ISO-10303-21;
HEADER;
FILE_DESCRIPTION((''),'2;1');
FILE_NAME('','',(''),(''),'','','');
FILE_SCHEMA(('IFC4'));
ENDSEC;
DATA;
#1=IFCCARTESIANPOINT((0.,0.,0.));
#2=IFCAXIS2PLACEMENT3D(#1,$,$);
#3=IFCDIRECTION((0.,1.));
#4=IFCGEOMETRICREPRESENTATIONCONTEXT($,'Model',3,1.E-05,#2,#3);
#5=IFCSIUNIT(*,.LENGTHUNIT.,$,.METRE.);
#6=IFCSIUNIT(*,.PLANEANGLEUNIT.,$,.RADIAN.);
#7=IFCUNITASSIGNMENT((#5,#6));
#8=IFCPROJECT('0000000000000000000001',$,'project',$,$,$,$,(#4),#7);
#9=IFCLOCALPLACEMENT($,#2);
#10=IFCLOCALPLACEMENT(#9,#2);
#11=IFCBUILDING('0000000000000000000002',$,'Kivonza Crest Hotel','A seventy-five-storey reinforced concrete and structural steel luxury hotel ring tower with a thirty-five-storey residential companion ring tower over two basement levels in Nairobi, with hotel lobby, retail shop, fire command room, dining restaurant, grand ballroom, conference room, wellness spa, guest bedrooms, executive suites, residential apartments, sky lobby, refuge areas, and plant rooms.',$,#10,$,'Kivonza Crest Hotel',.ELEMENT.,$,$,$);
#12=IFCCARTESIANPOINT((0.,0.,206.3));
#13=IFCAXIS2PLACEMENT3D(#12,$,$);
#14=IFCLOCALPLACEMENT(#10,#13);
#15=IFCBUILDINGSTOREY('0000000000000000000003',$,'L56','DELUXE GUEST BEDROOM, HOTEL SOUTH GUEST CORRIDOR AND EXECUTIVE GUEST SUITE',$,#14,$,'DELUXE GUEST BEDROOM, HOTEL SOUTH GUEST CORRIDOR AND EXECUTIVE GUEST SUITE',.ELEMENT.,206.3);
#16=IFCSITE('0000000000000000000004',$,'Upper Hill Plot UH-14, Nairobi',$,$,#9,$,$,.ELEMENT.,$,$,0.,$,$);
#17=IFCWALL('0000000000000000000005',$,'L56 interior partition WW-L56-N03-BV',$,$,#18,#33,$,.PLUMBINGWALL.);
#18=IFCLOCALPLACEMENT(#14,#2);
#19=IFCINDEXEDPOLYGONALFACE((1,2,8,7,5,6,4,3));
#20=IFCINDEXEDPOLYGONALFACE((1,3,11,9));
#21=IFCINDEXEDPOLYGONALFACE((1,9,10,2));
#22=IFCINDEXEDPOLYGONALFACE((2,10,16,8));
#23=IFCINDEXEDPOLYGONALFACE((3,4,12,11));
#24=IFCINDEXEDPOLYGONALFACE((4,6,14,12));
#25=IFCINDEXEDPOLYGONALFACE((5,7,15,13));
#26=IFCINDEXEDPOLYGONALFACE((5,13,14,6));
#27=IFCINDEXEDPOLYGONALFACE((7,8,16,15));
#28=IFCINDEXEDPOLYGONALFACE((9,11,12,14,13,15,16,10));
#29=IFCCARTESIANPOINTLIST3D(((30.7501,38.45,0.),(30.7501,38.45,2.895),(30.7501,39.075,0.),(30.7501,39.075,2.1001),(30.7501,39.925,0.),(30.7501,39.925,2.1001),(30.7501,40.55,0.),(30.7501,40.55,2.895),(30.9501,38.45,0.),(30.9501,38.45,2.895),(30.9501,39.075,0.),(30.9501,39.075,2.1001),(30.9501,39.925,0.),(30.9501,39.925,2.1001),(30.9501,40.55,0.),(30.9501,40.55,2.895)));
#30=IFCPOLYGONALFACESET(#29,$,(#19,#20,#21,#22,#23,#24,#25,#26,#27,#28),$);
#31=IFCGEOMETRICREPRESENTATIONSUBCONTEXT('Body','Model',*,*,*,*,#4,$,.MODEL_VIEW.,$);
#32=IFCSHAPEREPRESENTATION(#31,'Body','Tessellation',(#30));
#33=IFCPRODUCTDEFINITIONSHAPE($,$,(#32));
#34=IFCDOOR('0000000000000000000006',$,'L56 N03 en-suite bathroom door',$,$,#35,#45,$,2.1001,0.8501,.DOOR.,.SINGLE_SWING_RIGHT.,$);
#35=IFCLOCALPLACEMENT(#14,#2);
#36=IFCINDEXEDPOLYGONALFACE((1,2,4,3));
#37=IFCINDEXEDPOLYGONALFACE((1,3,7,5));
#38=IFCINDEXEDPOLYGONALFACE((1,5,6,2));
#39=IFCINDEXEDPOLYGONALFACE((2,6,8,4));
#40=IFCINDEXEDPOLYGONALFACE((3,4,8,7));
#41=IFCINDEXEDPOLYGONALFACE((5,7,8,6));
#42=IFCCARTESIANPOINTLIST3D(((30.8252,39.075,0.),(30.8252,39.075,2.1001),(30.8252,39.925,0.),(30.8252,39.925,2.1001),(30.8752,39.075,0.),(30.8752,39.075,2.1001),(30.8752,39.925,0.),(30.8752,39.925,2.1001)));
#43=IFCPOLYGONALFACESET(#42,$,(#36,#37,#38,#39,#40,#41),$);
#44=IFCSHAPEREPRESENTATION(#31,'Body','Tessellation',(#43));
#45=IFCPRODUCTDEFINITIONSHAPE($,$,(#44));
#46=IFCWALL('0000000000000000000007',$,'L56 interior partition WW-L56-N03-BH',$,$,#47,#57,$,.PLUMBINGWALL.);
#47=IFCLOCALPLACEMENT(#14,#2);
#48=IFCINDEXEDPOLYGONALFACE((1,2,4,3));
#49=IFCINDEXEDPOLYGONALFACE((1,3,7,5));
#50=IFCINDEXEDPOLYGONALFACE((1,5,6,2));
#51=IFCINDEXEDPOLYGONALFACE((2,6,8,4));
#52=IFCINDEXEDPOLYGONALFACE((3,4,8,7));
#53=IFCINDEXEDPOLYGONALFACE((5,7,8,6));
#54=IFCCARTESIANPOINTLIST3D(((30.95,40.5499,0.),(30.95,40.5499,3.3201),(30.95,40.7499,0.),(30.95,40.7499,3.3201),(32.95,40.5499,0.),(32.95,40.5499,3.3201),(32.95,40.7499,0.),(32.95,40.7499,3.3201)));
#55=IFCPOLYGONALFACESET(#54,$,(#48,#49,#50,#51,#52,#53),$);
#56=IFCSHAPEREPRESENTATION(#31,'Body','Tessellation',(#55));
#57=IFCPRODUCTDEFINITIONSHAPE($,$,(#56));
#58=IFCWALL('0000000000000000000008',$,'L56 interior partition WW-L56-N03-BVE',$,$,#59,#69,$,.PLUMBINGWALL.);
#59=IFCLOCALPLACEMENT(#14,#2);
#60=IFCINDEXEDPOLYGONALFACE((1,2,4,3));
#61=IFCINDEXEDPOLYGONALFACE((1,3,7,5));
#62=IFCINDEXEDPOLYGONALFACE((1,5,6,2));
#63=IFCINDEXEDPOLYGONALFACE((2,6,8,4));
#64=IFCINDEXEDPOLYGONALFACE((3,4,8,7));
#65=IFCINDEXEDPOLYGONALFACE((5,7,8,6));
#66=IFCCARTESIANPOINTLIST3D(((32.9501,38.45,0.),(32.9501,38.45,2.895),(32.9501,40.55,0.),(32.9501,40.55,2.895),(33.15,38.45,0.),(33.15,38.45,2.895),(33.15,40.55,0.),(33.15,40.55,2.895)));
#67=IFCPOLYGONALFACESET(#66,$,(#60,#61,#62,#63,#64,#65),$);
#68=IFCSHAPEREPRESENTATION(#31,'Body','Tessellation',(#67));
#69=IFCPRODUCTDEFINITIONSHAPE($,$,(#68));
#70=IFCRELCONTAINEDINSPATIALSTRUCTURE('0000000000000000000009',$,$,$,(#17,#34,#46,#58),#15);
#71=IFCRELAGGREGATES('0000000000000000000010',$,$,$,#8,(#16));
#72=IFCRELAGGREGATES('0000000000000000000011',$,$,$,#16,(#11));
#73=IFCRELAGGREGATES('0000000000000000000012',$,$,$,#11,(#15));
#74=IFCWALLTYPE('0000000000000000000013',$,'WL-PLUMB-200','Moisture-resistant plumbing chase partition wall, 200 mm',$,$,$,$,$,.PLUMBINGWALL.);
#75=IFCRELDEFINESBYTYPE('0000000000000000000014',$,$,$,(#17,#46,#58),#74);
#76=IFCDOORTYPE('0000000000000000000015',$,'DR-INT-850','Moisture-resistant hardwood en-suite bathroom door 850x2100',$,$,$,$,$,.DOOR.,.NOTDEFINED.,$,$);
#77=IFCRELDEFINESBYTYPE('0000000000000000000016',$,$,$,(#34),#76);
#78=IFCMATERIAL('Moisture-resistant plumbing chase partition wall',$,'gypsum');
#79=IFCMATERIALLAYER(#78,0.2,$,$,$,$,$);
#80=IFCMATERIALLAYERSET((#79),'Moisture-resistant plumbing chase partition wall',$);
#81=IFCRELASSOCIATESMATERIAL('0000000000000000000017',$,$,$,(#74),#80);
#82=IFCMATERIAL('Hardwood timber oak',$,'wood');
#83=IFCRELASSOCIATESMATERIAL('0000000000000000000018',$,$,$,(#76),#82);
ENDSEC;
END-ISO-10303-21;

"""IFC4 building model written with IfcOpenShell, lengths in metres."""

from ifc_helpers import new_model, si_unit, direction, frame, frame_2d, origin, place, context, subcontext, project, spatial, rectangle, extrude, material, layer, layer_set, type_object, element, fill, save


model = new_model("IFC4")

# Units and contexts
model_context = context("Model", 3, precision=1e-05, world=origin(), true_north=direction((0.0, 1.0)))
body_context = subcontext(model_context, "Body", "Model", "MODEL_VIEW")
ifc_project = project(units=[si_unit("LENGTHUNIT", "METRE"), si_unit("PLANEANGLEUNIT", "RADIAN")], contexts=[model_context])

# Site, building, storey
site_placement = place(None, origin())
site = spatial("IfcSite", under=ifc_project, at=site_placement, Name="Upper Hill Plot UH-14, Nairobi", CompositionType="ELEMENT", RefElevation=0.0)
building_placement = place(site_placement, origin())
building = spatial("IfcBuilding", under=site, at=building_placement, Name="Kivonza Crest Hotel", Description="A seventy-five-storey reinforced concrete and structural steel luxury hotel ring tower with a thirty-five-storey residential companion ring tower over two basement levels in Nairobi, with hotel lobby, retail shop, fire command room, dining restaurant, grand ballroom, conference room, wellness spa, guest bedrooms, executive suites, residential apartments, sky lobby, refuge areas, and plant rooms.", LongName="Kivonza Crest Hotel", CompositionType="ELEMENT")
storey_placement = place(building_placement, frame((0.0, 0.0, 206.3)))
storey = spatial("IfcBuildingStorey", under=building, at=storey_placement, Name="L56", Description="DELUXE GUEST BEDROOM, HOTEL SOUTH GUEST CORRIDOR AND EXECUTIVE GUEST SUITE", LongName="DELUXE GUEST BEDROOM, HOTEL SOUTH GUEST CORRIDOR AND EXECUTIVE GUEST SUITE", CompositionType="ELEMENT", Elevation=206.3)

# Shared definitions
ifc_material_1 = material(Name="Hardwood timber oak", Category="wood")

# Wall, opening, door
ifc_material_2 = material(Name="Moisture-resistant plumbing chase partition wall", Category="gypsum")
ifc_layer_1 = layer(ifc_material_2, 0.2)
ifc_layer_set_1 = layer_set([ifc_layer_1], Name="Moisture-resistant plumbing chase partition wall")
wall_type_1 = type_object("IfcWallType", Name="WL-PLUMB-200", Description="Moisture-resistant plumbing chase partition wall, 200 mm", PredefinedType="PLUMBINGWALL", material=ifc_layer_set_1)
wall_1_placement = place(storey_placement, frame((30.8501, 38.45, 0.0), z_axis=(0.0, 0.0, 1.0), x_axis=(0.0, 1.0, 0.0)))
wall_1 = element("IfcWall", 1, at=wall_1_placement, inside=storey, type_object=wall_type_1, Name="L56 interior partition WW-L56-N03-BV", PredefinedType="PLUMBINGWALL", context=body_context, shape_type="SweptSolid", body=[
    extrude(rectangle(XDim=2.1001, YDim=0.2, at=frame_2d((1.05, 0.0))), origin(), (0.0, 0.0, 1.0), 2.895),
])
opening_1_placement = place(wall_1_placement, frame((0.625, 0.0, 0.0)))
opening_1 = element("IfcOpeningElement", 2, at=opening_1_placement, cuts=wall_1, PredefinedType="OPENING", context=body_context, shape_type="SweptSolid", body=[
    extrude(rectangle(XDim=0.8501, YDim=2.1001, at=frame_2d((0.425, 1.05))), frame((0.0, 0.1099, 0.0), z_axis=(0.0, -1.0, 0.0), x_axis=(1.0, 0.0, 0.0)), (0.0, 0.0, 1.0), 0.22),
])
door_type_1 = type_object("IfcDoorType", Name="DR-INT-850", Description="Moisture-resistant hardwood en-suite bathroom door 850x2100", OperationType="NOTDEFINED", PredefinedType="DOOR", material=ifc_material_1)
door_1_placement = place(opening_1_placement, origin())
door_1 = element("IfcDoor", 3, at=door_1_placement, inside=storey, type_object=door_type_1, Name="L56 N03 en-suite bathroom door", OperationType="SINGLE_SWING_RIGHT", OverallHeight=2.1001, OverallWidth=0.8501, PredefinedType="DOOR", context=body_context, shape_type="SweptSolid", body=[
    extrude(rectangle(XDim=0.8501, YDim=2.1001, at=frame_2d((0.425, 1.05))), frame((0.0, 0.0249, 0.0), z_axis=(0.0, -1.0, 0.0), x_axis=(1.0, 0.0, 0.0)), (0.0, 0.0, 1.0), 0.05),
])
fill(opening_1, door_1)

# Walls
wall_2_placement = place(storey_placement, frame((30.95, 40.6499, 0.0), z_axis=(0.0, 0.0, 1.0), x_axis=(1.0, 0.0, 0.0)))
element("IfcWall", 4, at=wall_2_placement, inside=storey, type_object=wall_type_1, Name="L56 interior partition WW-L56-N03-BH", PredefinedType="PLUMBINGWALL", context=body_context, shape_type="SweptSolid", body=[
    extrude(rectangle(XDim=2.0, YDim=0.2, at=frame_2d((1.0, 0.0))), origin(), (0.0, 0.0, 1.0), 3.3201),
])
wall_3_placement = place(storey_placement, frame((33.05, 38.45, 0.0), z_axis=(0.0, 0.0, 1.0), x_axis=(0.0, 1.0, 0.0)))
element("IfcWall", 5, at=wall_3_placement, inside=storey, type_object=wall_type_1, Name="L56 interior partition WW-L56-N03-BVE", PredefinedType="PLUMBINGWALL", context=body_context, shape_type="SweptSolid", body=[
    extrude(rectangle(XDim=2.1001, YDim=0.2, at=frame_2d((1.05, 0.0))), origin(), (0.0, 0.0, 1.0), 2.895),
])

save(model, "model.ifc")
